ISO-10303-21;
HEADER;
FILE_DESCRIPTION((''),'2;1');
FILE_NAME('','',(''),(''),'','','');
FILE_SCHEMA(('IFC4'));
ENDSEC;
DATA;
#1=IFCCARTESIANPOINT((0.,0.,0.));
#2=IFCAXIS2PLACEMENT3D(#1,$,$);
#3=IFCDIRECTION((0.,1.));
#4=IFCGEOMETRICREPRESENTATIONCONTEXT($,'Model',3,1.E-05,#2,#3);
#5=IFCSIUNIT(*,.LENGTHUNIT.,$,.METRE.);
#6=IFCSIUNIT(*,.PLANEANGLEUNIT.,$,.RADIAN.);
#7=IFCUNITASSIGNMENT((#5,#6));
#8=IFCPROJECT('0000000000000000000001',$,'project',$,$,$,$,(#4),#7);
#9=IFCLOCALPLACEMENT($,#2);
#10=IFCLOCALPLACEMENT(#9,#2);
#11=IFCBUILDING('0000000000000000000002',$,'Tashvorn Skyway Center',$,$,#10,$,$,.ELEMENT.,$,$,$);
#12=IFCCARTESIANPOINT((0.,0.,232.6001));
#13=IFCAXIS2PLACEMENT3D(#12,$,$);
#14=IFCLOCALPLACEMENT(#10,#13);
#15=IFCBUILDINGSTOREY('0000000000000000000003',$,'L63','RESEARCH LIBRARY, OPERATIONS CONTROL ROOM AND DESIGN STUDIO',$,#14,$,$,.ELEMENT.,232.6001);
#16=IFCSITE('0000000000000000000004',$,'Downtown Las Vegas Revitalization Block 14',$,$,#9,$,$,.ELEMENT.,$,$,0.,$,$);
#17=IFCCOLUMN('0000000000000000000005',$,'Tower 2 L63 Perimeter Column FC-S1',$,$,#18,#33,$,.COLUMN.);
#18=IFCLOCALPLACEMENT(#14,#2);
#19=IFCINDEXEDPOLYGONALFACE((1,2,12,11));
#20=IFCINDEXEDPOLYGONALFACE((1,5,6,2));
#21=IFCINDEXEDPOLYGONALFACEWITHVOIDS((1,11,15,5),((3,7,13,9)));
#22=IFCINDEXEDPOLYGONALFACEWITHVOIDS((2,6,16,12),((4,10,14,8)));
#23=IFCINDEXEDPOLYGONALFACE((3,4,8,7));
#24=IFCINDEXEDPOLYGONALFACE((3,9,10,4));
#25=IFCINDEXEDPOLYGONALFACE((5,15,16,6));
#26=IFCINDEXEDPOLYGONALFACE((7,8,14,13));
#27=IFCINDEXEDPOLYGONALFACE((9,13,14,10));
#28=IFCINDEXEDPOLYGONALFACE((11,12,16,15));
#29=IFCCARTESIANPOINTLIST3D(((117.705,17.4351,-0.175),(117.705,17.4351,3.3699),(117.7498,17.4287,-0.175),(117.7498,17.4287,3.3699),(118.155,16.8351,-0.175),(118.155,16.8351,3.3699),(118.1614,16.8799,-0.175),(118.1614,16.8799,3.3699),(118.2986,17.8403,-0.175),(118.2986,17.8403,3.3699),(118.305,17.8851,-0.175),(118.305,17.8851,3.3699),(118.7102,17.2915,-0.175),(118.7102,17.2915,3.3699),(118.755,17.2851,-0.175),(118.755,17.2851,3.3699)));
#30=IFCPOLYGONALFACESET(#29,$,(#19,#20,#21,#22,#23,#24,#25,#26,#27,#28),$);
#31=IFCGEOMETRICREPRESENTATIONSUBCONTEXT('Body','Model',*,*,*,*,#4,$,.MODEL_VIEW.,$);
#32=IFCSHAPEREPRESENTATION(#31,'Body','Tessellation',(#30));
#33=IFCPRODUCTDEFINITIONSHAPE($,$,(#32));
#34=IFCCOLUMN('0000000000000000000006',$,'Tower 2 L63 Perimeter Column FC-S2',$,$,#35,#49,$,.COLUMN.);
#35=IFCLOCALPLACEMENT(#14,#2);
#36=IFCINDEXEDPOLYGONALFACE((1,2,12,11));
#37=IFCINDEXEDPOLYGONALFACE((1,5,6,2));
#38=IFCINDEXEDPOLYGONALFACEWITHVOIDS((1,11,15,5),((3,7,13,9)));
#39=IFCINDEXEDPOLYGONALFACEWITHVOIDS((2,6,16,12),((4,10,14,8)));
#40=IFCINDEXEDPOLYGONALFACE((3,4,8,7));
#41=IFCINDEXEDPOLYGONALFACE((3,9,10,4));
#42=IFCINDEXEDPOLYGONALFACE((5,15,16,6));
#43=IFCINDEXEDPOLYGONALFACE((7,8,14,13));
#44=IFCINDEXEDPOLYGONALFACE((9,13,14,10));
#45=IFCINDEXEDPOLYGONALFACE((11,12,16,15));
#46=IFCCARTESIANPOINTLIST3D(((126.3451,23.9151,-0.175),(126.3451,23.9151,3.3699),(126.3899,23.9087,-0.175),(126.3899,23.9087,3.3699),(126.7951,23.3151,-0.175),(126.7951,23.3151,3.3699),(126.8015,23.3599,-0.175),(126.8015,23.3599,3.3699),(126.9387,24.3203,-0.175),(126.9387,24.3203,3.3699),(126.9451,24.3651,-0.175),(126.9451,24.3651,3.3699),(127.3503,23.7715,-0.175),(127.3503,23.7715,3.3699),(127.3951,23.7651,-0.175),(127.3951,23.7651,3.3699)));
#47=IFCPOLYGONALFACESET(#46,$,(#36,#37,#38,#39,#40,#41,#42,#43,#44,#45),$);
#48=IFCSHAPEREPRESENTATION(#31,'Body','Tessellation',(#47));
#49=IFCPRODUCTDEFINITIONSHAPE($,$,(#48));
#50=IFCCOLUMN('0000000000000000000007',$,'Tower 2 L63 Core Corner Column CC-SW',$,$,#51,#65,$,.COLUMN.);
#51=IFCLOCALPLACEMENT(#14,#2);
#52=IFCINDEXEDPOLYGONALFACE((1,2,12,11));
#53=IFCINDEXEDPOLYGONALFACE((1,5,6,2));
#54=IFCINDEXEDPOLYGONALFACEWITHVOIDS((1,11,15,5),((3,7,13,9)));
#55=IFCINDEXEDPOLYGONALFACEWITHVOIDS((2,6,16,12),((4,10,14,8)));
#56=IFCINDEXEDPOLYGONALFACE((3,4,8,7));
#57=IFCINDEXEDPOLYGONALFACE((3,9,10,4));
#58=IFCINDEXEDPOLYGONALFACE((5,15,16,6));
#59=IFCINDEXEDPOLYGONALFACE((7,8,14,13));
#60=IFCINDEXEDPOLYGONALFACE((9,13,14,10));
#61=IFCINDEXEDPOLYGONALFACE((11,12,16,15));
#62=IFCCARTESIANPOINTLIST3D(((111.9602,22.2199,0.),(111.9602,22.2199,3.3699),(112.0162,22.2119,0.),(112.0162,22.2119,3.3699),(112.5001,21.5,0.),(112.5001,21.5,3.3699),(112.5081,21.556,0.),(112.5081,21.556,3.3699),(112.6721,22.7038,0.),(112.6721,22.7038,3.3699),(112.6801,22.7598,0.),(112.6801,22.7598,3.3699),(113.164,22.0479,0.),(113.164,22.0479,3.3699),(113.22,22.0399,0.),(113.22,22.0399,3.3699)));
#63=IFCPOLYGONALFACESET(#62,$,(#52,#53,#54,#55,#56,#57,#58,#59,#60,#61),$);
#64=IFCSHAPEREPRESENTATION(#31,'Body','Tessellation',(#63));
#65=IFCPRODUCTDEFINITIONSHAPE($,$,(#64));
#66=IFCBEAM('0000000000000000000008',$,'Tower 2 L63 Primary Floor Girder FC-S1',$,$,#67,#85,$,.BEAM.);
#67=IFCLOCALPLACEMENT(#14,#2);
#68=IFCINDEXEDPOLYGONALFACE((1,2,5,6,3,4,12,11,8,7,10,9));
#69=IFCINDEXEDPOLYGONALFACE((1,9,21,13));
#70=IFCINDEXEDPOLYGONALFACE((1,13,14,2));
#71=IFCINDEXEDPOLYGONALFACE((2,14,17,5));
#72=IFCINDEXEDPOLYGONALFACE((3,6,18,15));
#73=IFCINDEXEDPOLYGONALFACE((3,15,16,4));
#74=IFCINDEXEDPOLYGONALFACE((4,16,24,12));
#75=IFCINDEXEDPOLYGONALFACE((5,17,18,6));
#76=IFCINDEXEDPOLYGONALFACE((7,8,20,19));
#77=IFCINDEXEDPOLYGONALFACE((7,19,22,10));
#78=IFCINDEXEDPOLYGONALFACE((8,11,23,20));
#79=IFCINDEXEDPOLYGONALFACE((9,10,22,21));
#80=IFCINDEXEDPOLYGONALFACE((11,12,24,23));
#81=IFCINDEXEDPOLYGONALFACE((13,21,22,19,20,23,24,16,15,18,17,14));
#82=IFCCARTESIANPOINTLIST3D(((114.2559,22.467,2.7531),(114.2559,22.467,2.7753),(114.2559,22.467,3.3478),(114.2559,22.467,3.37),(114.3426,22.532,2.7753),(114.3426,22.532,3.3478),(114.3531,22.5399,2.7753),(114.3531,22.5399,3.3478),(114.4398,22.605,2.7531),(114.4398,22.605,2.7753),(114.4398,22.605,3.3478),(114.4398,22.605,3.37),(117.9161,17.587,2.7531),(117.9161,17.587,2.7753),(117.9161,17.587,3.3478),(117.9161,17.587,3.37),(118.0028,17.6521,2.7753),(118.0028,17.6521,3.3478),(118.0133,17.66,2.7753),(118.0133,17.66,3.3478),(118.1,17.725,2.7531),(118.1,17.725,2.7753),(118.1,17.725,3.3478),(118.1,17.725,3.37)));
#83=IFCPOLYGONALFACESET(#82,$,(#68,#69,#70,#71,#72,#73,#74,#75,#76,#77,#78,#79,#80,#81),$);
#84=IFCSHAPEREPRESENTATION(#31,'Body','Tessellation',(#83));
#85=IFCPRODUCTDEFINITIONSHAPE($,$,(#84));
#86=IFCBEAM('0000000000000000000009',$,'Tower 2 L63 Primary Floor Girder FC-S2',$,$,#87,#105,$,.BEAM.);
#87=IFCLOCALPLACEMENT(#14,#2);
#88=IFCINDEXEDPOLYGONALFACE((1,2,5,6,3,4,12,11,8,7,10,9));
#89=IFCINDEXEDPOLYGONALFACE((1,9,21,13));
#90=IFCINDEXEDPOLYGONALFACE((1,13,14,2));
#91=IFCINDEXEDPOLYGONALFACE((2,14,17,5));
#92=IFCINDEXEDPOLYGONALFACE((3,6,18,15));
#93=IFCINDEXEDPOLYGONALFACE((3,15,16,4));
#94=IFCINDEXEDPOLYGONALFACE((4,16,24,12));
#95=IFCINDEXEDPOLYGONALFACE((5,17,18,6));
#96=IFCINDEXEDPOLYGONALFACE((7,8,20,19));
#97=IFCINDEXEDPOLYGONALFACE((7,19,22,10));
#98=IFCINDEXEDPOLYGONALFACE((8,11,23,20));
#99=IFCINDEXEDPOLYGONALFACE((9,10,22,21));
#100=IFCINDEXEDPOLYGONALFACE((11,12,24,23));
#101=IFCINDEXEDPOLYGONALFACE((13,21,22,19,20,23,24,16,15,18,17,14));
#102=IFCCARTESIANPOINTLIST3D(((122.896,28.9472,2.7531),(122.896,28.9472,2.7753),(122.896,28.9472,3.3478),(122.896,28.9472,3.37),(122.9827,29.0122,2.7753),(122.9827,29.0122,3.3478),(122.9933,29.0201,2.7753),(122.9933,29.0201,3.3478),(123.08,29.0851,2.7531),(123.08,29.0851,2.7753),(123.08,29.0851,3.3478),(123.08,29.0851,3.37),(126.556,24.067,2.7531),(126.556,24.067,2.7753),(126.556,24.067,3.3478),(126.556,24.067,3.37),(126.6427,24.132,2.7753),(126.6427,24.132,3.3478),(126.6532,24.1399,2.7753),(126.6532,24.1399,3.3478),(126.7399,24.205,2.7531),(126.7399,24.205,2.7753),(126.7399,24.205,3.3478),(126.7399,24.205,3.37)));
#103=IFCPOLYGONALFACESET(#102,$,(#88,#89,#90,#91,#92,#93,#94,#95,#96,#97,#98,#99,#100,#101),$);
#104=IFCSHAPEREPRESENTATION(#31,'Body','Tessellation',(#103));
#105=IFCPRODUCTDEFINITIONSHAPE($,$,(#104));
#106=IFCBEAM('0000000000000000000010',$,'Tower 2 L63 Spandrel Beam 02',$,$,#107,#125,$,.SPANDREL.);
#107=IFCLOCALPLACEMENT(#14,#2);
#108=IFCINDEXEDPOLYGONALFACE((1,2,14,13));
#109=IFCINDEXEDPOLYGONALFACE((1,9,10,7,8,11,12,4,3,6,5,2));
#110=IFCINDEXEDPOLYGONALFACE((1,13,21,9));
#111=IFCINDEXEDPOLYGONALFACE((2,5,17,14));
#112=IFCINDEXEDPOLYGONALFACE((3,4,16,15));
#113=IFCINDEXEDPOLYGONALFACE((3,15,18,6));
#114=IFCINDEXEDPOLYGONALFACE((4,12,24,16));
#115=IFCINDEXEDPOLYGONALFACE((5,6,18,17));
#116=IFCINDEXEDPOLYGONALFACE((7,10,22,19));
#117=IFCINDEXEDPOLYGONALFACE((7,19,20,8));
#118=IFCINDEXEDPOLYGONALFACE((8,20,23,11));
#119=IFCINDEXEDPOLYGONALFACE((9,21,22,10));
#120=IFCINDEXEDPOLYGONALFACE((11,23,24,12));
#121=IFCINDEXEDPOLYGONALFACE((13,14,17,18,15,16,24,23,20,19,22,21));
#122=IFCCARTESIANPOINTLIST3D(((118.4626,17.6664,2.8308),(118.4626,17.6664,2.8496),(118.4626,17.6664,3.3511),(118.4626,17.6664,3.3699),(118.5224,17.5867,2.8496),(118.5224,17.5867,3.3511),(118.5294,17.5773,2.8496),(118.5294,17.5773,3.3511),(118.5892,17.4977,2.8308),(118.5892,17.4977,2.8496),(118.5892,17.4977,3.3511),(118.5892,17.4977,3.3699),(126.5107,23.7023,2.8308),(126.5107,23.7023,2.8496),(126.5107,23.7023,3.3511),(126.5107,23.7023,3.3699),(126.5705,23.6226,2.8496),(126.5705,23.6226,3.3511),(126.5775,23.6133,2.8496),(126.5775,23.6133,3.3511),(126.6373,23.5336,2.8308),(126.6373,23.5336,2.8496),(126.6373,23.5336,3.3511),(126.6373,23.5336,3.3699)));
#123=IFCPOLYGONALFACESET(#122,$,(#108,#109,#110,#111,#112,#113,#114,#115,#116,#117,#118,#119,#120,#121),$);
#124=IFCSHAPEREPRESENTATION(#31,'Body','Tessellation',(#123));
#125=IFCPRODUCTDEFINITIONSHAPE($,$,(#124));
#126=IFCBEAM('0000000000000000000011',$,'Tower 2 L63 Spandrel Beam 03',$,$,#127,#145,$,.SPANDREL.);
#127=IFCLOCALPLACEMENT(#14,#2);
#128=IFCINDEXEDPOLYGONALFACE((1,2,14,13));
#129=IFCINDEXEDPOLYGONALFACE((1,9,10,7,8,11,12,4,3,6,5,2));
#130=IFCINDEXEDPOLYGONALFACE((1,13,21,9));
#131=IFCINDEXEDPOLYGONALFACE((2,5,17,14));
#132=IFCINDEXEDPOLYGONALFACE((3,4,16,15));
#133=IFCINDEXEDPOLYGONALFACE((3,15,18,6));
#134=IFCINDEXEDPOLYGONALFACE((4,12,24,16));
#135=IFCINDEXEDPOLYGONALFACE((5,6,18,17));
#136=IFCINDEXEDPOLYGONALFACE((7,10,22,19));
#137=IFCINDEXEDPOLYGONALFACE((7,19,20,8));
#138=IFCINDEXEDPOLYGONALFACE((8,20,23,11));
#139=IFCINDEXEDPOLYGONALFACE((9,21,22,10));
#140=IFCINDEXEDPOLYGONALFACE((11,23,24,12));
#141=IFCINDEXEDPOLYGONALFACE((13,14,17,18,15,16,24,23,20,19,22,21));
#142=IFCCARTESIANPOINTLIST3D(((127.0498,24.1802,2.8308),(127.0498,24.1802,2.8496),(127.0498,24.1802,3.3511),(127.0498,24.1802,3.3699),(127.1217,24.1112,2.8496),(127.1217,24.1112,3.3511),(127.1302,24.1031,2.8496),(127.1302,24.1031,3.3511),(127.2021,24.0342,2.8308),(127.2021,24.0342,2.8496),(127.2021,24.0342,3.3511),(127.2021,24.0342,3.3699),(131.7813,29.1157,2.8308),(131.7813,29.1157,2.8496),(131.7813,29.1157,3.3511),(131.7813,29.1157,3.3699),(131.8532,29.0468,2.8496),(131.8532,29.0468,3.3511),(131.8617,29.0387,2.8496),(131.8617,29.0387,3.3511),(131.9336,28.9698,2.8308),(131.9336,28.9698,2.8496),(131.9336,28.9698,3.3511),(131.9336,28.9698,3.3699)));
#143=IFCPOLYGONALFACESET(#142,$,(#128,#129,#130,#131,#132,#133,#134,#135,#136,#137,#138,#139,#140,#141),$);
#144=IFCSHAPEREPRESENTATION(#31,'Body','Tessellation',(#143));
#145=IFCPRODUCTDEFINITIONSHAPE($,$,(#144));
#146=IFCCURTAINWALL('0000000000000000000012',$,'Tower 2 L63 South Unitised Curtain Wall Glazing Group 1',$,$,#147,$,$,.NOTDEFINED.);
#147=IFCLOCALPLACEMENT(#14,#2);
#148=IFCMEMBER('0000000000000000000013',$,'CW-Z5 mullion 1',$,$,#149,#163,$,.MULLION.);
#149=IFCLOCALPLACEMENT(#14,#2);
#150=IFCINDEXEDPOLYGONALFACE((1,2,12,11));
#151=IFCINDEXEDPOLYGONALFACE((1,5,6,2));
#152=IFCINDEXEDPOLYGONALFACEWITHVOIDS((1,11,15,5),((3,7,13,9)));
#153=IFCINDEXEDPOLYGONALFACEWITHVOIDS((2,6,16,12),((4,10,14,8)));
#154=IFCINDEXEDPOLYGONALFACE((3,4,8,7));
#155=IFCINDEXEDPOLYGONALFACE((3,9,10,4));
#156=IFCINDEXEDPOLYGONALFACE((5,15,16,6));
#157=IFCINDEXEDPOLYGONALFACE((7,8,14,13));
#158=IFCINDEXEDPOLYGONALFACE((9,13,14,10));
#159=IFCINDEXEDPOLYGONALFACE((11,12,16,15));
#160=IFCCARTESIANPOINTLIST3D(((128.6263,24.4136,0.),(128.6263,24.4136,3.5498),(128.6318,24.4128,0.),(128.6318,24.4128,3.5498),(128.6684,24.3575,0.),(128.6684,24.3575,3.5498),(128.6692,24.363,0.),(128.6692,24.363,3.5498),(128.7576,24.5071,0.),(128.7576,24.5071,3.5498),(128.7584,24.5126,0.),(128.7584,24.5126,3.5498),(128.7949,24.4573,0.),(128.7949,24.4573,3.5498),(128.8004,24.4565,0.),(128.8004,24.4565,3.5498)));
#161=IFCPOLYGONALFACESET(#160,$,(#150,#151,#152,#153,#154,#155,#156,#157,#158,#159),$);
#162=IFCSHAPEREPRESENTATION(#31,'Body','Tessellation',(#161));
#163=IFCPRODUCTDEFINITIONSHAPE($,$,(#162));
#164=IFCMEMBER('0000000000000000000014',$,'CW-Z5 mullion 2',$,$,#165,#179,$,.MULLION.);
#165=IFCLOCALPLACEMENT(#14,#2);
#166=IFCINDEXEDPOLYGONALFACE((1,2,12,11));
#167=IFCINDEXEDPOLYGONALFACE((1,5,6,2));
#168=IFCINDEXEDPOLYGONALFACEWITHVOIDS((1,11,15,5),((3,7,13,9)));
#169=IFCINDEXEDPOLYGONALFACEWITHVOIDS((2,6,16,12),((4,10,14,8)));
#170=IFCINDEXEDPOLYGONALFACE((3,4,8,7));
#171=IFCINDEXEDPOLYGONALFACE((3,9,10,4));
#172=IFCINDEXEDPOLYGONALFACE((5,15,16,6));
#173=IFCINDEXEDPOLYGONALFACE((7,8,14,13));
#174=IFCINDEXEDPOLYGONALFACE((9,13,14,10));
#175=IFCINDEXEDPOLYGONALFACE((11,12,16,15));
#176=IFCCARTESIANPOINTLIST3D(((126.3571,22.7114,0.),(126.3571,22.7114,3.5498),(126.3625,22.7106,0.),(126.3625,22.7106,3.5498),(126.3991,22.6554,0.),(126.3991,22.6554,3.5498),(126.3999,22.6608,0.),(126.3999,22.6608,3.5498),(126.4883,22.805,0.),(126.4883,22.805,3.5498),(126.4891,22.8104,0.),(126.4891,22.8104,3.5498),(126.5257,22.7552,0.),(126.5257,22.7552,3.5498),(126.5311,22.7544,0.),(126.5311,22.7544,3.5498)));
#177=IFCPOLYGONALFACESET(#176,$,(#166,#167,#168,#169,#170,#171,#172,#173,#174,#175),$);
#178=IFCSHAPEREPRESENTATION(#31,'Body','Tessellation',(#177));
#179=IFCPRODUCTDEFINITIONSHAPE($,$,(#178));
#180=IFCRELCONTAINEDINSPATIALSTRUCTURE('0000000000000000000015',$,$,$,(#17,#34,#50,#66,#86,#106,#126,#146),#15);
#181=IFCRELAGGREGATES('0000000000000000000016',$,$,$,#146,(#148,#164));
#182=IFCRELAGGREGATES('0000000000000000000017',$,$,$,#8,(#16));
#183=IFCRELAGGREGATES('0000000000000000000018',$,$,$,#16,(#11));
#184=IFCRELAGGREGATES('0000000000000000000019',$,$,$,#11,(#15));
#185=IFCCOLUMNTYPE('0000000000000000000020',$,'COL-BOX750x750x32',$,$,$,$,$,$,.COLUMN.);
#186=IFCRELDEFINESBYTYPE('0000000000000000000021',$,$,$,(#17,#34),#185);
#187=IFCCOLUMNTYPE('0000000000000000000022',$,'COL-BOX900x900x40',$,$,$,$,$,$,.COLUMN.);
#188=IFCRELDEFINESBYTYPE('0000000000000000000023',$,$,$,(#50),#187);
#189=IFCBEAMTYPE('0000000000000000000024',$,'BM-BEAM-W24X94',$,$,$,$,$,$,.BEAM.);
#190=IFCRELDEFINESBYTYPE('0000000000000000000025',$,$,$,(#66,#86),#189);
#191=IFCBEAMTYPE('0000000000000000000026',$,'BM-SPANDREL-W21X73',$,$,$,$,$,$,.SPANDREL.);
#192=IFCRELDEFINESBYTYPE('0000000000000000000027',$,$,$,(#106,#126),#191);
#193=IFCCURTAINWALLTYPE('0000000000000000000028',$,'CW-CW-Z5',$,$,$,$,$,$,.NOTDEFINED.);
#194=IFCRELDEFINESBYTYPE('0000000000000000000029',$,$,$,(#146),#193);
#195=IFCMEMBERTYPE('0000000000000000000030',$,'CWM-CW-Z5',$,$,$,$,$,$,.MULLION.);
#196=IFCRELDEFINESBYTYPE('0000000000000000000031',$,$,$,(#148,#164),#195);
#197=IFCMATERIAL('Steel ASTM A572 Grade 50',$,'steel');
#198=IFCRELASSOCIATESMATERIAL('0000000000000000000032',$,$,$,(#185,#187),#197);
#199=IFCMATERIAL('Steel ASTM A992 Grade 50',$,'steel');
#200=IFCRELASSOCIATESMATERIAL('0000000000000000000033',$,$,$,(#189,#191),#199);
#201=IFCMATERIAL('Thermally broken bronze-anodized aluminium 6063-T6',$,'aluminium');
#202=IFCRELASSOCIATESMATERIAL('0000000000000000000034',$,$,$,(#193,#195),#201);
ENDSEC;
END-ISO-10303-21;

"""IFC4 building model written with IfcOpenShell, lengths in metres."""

from ifc_helpers import new_model, si_unit, direction, frame, origin, origin_2d, place, context, subcontext, project, spatial, hollow_rectangle, i_section, extrude, material, material_profile, profile_set, type_object, element, aggregate, save


model = new_model("IFC4")

# Units and contexts
model_context = context("Model", 3, precision=1e-05, world=origin(), true_north=direction((0.0, 1.0)))
body_context = subcontext(model_context, "Body", "Model", "MODEL_VIEW")
ifc_project = project(units=[si_unit("LENGTHUNIT", "METRE"), si_unit("PLANEANGLEUNIT", "RADIAN")], contexts=[model_context])

# Site, building, storey
site_placement = place(None, origin())
site = spatial("IfcSite", under=ifc_project, at=site_placement, Name="Downtown Las Vegas Revitalization Block 14", CompositionType="ELEMENT", RefElevation=0.0)
building_placement = place(site_placement, origin())
building = spatial("IfcBuilding", under=site, at=building_placement, Name="Tashvorn Skyway Center", CompositionType="ELEMENT")
storey_placement = place(building_placement, frame((0.0, 0.0, 232.6001)))
storey = spatial("IfcBuildingStorey", under=building, at=storey_placement, Name="L63", Description="RESEARCH LIBRARY, OPERATIONS CONTROL ROOM AND DESIGN STUDIO", CompositionType="ELEMENT", Elevation=232.6001)

# Columns
ifc_material_1 = material(Name="Steel ASTM A572 Grade 50", Category="steel")
ifc_material_profile_1 = material_profile(ifc_material_1, hollow_rectangle(XDim=0.75, YDim=0.75, WallThickness=0.032, at=origin_2d()), Name="BOX750x750x32")
ifc_profile_set_1 = profile_set([ifc_material_profile_1], Name="Steel ASTM A572 Grade 50")
column_type_1 = type_object("IfcColumnType", Name="COL-BOX750x750x32", PredefinedType="COLUMN", material=ifc_profile_set_1)
for number, where, z_axis, x_axis, name in (
    (1, (118.23, 17.3601, -0.175), (0.0, 0.0, 1.0), (0.8, 0.6, 0.0), "Tower 2 L63 Perimeter Column FC-S1"),
    (2, (126.8701, 23.8401, -0.175), (0.0, 0.0, 1.0), (0.8, 0.6, 0.0), "Tower 2 L63 Perimeter Column FC-S2"),
):
    element("IfcColumn", number, at=place(storey_placement, frame(where, z_axis=z_axis, x_axis=x_axis)), inside=storey, type_object=column_type_1, Name=name, PredefinedType="COLUMN", context=body_context, shape_type="SweptSolid", body=[
        extrude(hollow_rectangle(XDim=0.75, YDim=0.75, WallThickness=0.032, at=origin_2d()), origin(), (0.0, 0.0, 1.0), 3.5449),
    ])
ifc_material_profile_2 = material_profile(ifc_material_1, hollow_rectangle(XDim=0.8999, YDim=0.8999, WallThickness=0.04, at=origin_2d()), Name="BOX900x900x40")
ifc_profile_set_2 = profile_set([ifc_material_profile_2], Name="Steel ASTM A572 Grade 50")
column_type_2 = type_object("IfcColumnType", Name="COL-BOX900x900x40", PredefinedType="COLUMN", material=ifc_profile_set_2)
column_placement = place(storey_placement, frame((112.5901, 22.1299, 0.0), z_axis=(0.0, 0.0, 1.0), x_axis=(0.8, 0.6, 0.0)))
element("IfcColumn", 3, at=column_placement, inside=storey, type_object=column_type_2, Name="Tower 2 L63 Core Corner Column CC-SW", PredefinedType="COLUMN", context=body_context, shape_type="SweptSolid", body=[
    extrude(hollow_rectangle(XDim=0.8999, YDim=0.8999, WallThickness=0.04, at=origin_2d()), origin(), (0.0, 0.0, 1.0), 3.3699),
])

# Beams
ifc_material_2 = material(Name="Steel ASTM A992 Grade 50", Category="steel")
ifc_material_profile_3 = material_profile(ifc_material_2, i_section(OverallWidth=0.23, OverallDepth=0.6169, WebThickness=0.0132, FlangeThickness=0.0222, at=origin_2d()), Name="W24X94")
ifc_profile_set_3 = profile_set([ifc_material_profile_3], Name="Steel ASTM A992 Grade 50")
beam_type_1 = type_object("IfcBeamType", Name="BM-BEAM-W24X94", PredefinedType="BEAM", material=ifc_profile_set_3)
for number, where, z_axis, x_axis, name in (
    (4, (118.0081, 17.656, 3.0615), (-0.600026, 0.799981, 0.0), (-0.799981, -0.600026, 0.0), "Tower 2 L63 Primary Floor Girder FC-S1"),
    (5, (126.6479, 24.136, 3.0615), (-0.599981, 0.800014, 0.0), (-0.800014, -0.599981, 0.0), "Tower 2 L63 Primary Floor Girder FC-S2"),
):
    element("IfcBeam", number, at=place(storey_placement, frame(where, z_axis=z_axis, x_axis=x_axis)), inside=storey, type_object=beam_type_1, Name=name, PredefinedType="BEAM", context=body_context, shape_type="SweptSolid", body=[
        extrude(i_section(OverallWidth=0.23, OverallDepth=0.6169, WebThickness=0.0132, FlangeThickness=0.0222, at=origin_2d()), origin(), (0.0, 0.0, 1.0), 6.1001),
    ])
ifc_material_profile_4 = material_profile(ifc_material_2, i_section(OverallWidth=0.2109, OverallDepth=0.5391, WebThickness=0.0117, FlangeThickness=0.0188, at=origin_2d()), Name="W21X73")
ifc_profile_set_4 = profile_set([ifc_material_profile_4], Name="Steel ASTM A992 Grade 50")
beam_type_2 = type_object("IfcBeamType", Name="BM-SPANDREL-W21X73", PredefinedType="SPANDREL", material=ifc_profile_set_4)
beam_1_placement = place(storey_placement, frame((118.5259, 17.582, 3.1003), z_axis=(0.800009, 0.599988, 0.0), x_axis=(-0.599988, 0.800009, 0.0)))
element("IfcBeam", 6, at=beam_1_placement, inside=storey, type_object=beam_type_2, Name="Tower 2 L63 Spandrel Beam 02", PredefinedType="SPANDREL", context=body_context, shape_type="SweptSolid", body=[
    extrude(i_section(OverallWidth=0.2109, OverallDepth=0.5391, WebThickness=0.0117, FlangeThickness=0.0188, at=origin_2d()), origin(), (0.0, 0.0, 1.0), 10.0601),
])
beam_2_placement = place(storey_placement, frame((127.126, 24.1072, 3.1003), z_axis=(0.692023, 0.721875, 0.0), x_axis=(-0.721875, 0.692023, 0.0)))
element("IfcBeam", 7, at=beam_2_placement, inside=storey, type_object=beam_type_2, Name="Tower 2 L63 Spandrel Beam 03", PredefinedType="SPANDREL", context=body_context, shape_type="SweptSolid", body=[
    extrude(i_section(OverallWidth=0.2109, OverallDepth=0.5391, WebThickness=0.0117, FlangeThickness=0.0188, at=origin_2d()), origin(), (0.0, 0.0, 1.0), 6.8372),
])

# Curtain wall, members
ifc_material_3 = material(Name="Thermally broken bronze-anodized aluminium 6063-T6", Category="aluminium")
curtain_wall_type = type_object("IfcCurtainWallType", Name="CW-CW-Z5", PredefinedType="NOTDEFINED", material=ifc_material_3)
curtain_wall_1_placement = place(storey_placement, origin())
curtain_wall_1 = element("IfcCurtainWall", 8, at=curtain_wall_1_placement, inside=storey, type_object=curtain_wall_type, Name="Tower 2 L63 South Unitised Curtain Wall Glazing Group 1", PredefinedType="NOTDEFINED")
ifc_material_profile_5 = material_profile(ifc_material_3, hollow_rectangle(XDim=0.0701, YDim=0.165, WallThickness=0.0039, at=origin_2d()), Name="ALU-MULL-70x165")
ifc_profile_set_5 = profile_set([ifc_material_profile_5], Name="Thermally broken bronze-anodized aluminium 6063-T6")
member_type_1 = type_object("IfcMemberType", Name="CWM-CW-Z5", PredefinedType="MULLION", material=ifc_profile_set_5)
member_1_placement = place(storey_placement, frame((128.7134, 24.4351, 0.0), z_axis=(0.0, 0.0, 1.0), x_axis=(0.600006, -0.799996, 0.0)))
member_1 = element("IfcMember", 9, at=member_1_placement, type_object=member_type_1, Name="CW-Z5 mullion 1", PredefinedType="MULLION", context=body_context, shape_type="SweptSolid", body=[
    extrude(hollow_rectangle(XDim=0.0701, YDim=0.165, WallThickness=0.0039, at=origin_2d()), origin(), (0.0, 0.0, 1.0), 3.5498),
])
member_2_placement = place(storey_placement, frame((126.4441, 22.7329, 0.0), z_axis=(0.0, 0.0, 1.0), x_axis=(0.600006, -0.799996, 0.0)))
member_2 = element("IfcMember", 10, at=member_2_placement, type_object=member_type_1, Name="CW-Z5 mullion 2", PredefinedType="MULLION", context=body_context, shape_type="SweptSolid", body=[
    extrude(hollow_rectangle(XDim=0.0701, YDim=0.165, WallThickness=0.0039, at=origin_2d()), origin(), (0.0, 0.0, 1.0), 3.5498),
])

aggregate(curtain_wall_1, [member_1, member_2])

save(model, "model.ifc")
